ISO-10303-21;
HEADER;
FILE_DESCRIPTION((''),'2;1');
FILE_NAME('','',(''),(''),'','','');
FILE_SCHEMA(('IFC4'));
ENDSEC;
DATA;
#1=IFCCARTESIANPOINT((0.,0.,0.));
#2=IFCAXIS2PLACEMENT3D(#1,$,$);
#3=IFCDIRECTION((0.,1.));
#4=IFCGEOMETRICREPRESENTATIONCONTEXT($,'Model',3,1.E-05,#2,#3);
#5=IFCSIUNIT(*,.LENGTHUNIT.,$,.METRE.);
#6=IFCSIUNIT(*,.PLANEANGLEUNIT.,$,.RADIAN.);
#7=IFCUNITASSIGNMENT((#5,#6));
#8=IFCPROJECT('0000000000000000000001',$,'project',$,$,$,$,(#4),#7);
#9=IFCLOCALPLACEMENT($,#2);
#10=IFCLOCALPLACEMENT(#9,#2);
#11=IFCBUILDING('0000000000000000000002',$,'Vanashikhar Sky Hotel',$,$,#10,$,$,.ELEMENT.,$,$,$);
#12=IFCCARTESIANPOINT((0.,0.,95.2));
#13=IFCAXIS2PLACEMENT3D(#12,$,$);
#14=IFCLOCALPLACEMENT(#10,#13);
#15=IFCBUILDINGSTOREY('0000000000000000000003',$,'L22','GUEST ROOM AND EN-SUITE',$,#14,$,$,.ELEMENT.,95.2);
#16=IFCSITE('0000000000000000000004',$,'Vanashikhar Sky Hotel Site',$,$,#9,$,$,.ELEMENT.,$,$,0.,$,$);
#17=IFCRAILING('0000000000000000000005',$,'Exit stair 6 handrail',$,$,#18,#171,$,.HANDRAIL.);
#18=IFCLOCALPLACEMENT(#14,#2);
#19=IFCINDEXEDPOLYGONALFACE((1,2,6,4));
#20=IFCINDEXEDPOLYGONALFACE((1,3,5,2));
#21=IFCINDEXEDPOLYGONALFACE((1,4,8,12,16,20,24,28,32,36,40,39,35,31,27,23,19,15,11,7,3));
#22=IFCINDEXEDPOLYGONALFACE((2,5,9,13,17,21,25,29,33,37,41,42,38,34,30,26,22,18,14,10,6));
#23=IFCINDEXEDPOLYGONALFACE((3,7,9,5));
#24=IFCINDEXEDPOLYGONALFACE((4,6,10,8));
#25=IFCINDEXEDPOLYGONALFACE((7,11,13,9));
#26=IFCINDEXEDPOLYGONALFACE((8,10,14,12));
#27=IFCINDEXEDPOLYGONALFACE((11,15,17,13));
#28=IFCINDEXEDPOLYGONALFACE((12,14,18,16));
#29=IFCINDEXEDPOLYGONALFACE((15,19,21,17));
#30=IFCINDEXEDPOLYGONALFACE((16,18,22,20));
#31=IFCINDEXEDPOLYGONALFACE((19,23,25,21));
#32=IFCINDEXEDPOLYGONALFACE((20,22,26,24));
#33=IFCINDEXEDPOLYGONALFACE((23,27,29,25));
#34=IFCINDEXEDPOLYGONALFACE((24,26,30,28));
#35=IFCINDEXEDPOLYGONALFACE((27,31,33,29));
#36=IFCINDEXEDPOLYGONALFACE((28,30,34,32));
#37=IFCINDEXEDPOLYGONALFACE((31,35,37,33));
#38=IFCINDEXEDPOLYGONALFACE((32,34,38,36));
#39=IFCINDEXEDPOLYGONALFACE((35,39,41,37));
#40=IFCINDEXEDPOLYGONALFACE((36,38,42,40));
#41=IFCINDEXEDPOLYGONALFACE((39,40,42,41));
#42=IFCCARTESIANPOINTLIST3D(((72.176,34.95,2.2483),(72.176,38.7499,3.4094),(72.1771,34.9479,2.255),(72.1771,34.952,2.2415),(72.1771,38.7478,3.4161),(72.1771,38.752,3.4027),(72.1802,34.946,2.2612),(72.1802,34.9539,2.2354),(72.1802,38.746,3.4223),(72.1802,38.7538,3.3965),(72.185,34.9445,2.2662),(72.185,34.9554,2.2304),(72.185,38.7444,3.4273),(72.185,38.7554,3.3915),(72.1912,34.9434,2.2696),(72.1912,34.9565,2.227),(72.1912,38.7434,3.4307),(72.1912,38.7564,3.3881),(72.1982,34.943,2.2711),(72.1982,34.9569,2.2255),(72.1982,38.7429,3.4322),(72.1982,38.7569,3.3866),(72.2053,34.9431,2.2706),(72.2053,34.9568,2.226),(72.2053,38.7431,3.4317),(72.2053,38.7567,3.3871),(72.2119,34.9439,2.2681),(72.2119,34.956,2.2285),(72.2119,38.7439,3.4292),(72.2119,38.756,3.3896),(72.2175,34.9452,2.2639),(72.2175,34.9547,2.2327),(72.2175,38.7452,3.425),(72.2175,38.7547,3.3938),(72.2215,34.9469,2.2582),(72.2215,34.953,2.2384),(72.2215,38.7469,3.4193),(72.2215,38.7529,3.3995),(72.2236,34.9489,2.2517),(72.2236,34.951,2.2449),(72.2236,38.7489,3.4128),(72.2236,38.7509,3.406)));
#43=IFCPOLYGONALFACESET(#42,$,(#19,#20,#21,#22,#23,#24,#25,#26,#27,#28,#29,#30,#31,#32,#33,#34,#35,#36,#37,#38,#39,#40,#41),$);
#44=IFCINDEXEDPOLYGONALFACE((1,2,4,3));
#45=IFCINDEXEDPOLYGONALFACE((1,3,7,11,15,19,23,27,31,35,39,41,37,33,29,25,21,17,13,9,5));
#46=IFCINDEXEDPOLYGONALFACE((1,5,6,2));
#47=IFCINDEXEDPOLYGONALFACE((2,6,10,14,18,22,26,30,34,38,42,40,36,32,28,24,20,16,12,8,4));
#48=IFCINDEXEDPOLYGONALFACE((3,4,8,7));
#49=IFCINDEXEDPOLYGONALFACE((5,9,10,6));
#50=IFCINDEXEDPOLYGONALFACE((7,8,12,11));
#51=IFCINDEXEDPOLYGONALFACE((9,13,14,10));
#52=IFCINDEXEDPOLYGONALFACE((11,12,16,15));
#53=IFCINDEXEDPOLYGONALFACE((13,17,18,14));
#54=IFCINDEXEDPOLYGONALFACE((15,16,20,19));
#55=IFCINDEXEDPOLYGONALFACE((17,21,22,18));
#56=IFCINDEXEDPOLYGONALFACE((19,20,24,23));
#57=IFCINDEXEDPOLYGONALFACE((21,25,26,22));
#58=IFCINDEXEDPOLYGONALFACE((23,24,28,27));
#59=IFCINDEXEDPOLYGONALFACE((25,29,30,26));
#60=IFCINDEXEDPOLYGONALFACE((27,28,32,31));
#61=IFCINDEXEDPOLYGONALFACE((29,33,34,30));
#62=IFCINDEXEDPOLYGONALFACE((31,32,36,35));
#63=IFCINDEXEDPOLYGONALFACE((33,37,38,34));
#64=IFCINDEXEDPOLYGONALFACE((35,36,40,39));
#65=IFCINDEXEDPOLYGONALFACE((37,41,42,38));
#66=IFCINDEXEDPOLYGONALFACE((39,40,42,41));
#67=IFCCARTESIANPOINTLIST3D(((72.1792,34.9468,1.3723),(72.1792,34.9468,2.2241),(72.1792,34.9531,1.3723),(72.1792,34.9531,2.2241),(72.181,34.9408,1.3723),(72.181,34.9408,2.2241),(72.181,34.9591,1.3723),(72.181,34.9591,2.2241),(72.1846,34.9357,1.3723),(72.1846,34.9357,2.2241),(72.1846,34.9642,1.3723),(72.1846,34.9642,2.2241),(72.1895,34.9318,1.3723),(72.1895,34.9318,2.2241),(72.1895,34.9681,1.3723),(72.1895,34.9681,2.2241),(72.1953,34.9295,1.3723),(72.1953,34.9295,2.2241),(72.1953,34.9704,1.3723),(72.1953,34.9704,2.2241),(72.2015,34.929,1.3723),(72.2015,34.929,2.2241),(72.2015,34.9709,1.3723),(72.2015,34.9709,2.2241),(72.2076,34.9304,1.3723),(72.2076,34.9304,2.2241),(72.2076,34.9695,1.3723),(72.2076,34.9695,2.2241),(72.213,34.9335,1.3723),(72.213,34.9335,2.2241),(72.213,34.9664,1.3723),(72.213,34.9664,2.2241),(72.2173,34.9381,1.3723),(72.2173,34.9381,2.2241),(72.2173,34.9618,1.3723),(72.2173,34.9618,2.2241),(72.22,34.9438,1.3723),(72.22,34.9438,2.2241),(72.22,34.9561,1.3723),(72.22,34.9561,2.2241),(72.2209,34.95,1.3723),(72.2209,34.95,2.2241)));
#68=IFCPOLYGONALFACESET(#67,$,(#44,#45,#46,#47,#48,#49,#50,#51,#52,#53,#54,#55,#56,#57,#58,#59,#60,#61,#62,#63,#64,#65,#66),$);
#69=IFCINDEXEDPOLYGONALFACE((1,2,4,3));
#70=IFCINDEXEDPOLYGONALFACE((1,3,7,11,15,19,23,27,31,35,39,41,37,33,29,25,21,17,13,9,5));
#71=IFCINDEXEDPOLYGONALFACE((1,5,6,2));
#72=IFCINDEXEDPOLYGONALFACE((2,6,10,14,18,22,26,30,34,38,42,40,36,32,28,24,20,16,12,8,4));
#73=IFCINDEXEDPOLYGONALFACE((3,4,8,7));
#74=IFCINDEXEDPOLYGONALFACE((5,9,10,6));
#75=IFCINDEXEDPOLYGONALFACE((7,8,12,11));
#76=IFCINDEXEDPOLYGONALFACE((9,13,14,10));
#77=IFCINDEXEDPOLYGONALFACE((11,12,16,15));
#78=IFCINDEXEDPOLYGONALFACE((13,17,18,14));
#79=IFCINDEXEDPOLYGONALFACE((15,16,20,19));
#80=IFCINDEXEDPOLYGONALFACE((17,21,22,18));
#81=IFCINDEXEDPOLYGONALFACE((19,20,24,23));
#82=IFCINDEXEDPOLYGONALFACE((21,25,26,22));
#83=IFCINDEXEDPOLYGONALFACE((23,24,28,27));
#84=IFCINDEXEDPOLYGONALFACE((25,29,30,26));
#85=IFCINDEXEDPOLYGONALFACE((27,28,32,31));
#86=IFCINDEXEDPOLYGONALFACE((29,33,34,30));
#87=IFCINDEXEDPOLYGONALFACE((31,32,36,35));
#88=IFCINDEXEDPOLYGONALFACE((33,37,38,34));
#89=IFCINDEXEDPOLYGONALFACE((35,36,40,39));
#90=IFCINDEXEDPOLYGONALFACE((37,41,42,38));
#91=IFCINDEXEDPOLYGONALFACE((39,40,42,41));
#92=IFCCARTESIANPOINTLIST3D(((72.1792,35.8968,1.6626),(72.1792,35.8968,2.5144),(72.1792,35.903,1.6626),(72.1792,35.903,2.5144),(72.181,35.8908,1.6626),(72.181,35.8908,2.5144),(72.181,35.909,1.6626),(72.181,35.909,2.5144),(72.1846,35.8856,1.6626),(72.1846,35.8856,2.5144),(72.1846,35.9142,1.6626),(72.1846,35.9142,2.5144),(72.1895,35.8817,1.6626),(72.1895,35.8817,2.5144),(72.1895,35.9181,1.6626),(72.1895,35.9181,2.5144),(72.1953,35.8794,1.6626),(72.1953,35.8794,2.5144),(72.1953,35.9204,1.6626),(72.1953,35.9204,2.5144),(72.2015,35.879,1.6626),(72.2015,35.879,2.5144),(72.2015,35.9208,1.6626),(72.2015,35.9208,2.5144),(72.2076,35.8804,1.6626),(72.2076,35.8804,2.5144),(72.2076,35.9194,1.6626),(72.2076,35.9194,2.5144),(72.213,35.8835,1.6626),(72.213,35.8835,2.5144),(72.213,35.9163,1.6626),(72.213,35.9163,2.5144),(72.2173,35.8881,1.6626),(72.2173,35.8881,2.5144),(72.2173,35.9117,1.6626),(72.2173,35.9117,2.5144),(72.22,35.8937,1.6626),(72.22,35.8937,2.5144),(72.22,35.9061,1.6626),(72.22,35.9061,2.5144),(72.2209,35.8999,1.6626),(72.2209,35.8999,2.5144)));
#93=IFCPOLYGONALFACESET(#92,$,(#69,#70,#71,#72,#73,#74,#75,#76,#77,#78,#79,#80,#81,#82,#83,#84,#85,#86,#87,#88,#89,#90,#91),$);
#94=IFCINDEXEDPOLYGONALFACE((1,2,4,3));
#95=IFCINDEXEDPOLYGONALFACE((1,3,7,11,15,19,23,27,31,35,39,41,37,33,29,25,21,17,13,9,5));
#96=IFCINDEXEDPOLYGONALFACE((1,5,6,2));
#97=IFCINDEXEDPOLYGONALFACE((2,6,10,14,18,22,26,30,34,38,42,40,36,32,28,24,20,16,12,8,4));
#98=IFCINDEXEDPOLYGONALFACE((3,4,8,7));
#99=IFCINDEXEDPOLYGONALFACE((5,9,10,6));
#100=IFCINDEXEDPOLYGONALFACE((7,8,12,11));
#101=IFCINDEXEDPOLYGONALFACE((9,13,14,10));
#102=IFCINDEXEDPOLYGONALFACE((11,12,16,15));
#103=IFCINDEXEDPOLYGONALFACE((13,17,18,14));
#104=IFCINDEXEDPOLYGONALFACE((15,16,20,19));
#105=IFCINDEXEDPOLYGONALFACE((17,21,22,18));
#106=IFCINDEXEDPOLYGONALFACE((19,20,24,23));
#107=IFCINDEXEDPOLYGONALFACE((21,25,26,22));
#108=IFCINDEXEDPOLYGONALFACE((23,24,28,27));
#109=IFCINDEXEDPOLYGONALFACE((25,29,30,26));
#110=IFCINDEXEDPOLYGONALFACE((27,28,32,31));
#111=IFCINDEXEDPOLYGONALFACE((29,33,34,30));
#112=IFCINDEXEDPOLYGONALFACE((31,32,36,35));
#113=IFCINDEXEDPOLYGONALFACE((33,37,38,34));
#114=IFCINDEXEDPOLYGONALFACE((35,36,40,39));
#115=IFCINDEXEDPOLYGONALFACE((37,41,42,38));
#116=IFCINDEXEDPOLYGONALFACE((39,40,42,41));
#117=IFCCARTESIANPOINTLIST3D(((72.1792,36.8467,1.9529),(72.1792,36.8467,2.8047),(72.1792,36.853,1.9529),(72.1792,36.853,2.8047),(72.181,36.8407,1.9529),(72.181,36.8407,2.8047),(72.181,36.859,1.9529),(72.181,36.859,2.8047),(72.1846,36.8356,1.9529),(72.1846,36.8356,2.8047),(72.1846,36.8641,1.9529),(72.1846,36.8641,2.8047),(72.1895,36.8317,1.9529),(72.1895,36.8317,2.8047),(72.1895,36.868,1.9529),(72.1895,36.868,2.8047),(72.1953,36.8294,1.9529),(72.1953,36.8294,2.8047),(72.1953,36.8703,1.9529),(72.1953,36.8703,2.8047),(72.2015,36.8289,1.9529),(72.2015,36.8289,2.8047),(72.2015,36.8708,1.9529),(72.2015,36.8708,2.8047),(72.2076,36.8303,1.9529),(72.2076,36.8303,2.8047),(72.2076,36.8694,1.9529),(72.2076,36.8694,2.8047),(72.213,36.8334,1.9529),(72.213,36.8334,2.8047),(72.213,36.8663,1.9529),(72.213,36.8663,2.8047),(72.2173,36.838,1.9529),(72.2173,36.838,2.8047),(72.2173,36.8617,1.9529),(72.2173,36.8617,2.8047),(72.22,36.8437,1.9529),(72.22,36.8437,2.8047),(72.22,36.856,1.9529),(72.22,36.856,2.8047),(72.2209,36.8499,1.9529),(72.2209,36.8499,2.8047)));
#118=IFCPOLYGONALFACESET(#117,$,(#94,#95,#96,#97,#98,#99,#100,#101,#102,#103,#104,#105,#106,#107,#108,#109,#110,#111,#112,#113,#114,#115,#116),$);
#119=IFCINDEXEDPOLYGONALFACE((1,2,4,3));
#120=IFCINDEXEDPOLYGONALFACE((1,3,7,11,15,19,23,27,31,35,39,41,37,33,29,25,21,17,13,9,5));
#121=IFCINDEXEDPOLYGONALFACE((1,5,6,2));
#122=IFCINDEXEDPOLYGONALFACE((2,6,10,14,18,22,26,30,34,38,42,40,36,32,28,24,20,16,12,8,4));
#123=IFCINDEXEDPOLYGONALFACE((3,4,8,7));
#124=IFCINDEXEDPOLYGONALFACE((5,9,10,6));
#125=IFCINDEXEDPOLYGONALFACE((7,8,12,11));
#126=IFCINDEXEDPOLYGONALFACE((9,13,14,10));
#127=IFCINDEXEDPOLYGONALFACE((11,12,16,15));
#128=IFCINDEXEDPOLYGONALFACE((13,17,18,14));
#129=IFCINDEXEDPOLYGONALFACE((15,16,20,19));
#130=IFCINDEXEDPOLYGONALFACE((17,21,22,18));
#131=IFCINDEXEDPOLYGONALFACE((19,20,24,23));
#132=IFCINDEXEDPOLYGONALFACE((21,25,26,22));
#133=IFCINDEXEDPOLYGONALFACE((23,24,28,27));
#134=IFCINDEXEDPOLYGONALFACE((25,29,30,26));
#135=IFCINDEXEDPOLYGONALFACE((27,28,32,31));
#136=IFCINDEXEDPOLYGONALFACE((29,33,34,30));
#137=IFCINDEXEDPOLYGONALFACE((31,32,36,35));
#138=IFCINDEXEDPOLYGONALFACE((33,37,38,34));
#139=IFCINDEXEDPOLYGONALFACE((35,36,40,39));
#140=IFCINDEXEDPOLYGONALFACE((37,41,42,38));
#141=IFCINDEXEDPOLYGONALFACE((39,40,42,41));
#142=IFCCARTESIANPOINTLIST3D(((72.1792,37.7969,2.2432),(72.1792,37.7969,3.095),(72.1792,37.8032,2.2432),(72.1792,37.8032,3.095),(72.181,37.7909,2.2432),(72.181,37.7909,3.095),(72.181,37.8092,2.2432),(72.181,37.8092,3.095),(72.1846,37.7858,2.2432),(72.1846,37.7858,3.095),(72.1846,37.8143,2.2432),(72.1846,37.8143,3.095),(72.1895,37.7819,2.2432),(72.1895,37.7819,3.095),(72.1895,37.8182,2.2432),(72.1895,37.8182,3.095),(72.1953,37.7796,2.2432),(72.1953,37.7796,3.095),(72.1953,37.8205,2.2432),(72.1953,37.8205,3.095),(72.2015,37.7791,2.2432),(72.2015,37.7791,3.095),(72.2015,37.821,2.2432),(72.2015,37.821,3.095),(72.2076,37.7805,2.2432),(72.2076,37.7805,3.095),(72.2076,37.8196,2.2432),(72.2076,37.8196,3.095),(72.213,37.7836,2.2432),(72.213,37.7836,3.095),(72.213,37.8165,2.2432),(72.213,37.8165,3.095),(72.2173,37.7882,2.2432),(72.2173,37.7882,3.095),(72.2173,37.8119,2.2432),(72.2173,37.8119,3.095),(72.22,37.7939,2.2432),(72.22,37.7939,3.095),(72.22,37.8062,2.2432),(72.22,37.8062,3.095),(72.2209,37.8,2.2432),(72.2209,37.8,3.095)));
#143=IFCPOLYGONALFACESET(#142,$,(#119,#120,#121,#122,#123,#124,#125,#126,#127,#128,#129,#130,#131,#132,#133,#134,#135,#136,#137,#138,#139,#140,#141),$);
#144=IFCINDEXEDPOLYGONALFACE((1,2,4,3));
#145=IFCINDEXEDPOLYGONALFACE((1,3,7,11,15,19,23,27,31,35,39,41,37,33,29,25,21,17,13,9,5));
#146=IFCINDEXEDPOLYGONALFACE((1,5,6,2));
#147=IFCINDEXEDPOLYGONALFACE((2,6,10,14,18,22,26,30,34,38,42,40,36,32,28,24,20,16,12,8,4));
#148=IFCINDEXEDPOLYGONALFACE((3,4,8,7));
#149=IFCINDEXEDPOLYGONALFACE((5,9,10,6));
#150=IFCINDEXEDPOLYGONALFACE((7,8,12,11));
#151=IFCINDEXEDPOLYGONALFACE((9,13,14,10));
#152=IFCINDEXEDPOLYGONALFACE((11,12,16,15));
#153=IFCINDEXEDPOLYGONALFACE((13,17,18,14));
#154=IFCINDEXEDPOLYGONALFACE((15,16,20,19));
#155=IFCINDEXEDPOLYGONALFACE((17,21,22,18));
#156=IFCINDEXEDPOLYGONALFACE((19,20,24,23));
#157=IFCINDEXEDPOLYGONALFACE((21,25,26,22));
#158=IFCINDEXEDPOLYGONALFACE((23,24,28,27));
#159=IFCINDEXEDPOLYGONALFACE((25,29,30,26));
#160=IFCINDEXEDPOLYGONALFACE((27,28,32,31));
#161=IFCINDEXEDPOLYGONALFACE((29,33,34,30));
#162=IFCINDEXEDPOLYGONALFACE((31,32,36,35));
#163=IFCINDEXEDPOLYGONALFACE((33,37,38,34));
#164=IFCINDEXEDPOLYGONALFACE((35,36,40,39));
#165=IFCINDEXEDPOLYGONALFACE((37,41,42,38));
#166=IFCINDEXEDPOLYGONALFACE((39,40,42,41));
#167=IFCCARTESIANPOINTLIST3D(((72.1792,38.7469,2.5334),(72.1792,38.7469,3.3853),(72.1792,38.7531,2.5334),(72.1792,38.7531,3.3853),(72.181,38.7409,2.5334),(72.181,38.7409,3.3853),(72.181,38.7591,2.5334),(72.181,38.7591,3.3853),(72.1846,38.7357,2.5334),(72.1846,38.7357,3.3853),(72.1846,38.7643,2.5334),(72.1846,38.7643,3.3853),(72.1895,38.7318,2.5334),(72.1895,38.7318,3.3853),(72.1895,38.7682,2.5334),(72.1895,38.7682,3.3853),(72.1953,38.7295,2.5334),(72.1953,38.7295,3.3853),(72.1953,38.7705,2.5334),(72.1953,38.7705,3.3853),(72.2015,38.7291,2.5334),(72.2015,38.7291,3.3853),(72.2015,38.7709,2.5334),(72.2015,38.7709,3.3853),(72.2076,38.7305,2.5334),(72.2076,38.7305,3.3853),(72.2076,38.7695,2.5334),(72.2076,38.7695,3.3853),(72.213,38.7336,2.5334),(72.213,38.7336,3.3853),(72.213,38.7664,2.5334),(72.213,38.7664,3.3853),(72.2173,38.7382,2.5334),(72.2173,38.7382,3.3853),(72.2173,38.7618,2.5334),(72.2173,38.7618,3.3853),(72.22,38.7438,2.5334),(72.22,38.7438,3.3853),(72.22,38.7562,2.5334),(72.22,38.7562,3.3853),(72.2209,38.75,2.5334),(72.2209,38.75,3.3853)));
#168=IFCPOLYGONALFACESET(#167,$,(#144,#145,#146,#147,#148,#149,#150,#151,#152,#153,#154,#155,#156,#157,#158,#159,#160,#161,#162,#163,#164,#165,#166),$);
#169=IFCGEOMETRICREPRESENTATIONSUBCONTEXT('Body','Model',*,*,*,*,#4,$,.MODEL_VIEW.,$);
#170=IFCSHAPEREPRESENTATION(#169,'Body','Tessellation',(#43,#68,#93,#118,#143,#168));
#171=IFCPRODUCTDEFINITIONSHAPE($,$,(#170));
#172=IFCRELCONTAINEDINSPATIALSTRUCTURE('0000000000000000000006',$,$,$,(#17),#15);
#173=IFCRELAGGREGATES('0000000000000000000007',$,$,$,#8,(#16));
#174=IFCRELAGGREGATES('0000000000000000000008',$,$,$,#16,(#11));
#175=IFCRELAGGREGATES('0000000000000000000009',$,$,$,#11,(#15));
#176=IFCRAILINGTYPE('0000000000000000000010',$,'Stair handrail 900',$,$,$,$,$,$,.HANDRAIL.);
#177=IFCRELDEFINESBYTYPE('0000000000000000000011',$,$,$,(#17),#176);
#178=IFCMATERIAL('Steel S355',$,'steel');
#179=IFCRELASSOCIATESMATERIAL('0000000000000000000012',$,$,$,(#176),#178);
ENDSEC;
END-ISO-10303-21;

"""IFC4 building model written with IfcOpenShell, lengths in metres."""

from ifc_helpers import new_model, si_unit, direction, frame, origin, origin_2d, place, context, subcontext, project, spatial, circle, extrude, source, transform, mapped, material, type_object, element, save


model = new_model("IFC4")

# Units and contexts
model_context = context("Model", 3, precision=1e-05, world=origin(), true_north=direction((0.0, 1.0)))
body_context = subcontext(model_context, "Body", "Model", "MODEL_VIEW")
ifc_project = project(units=[si_unit("LENGTHUNIT", "METRE"), si_unit("PLANEANGLEUNIT", "RADIAN")], contexts=[model_context])

# Site, building, storey
site_placement = place(None, origin())
site = spatial("IfcSite", under=ifc_project, at=site_placement, Name="Vanashikhar Sky Hotel Site", CompositionType="ELEMENT", RefElevation=0.0)
building_placement = place(site_placement, origin())
building = spatial("IfcBuilding", under=site, at=building_placement, Name="Vanashikhar Sky Hotel", CompositionType="ELEMENT")
storey_placement = place(building_placement, frame((0.0, 0.0, 95.2)))
storey = spatial("IfcBuildingStorey", under=building, at=storey_placement, Name="L22", Description="GUEST ROOM AND EN-SUITE", CompositionType="ELEMENT", Elevation=95.2)

# Railing
ifc_material_1 = material(Name="Steel S355", Category="steel")
railing_type_1 = type_object("IfcRailingType", Name="Stair handrail 900", PredefinedType="HANDRAIL", material=ifc_material_1)
shared_shape_1 = source(origin(), body_context, "Body", "SweptSolid", [
    extrude(circle(Radius=0.0239, at=origin_2d()), frame((0.0, 0.0, 0.876), z_axis=(0.0, 0.956351, 0.29222), x_axis=(-1.0, 0.0, 0.0)), (0.0, 0.0, 1.0), 3.9734),
    extrude(circle(Radius=0.021, at=origin_2d()), origin(), (0.0, 0.0, 1.0), 0.8518),
    extrude(circle(Radius=0.021, at=origin_2d()), frame((0.0, 0.95, 0.2903)), (0.0, 0.0, 1.0), 0.8518),
    extrude(circle(Radius=0.021, at=origin_2d()), frame((0.0, 1.8999, 0.5806)), (0.0, 0.0, 1.0), 0.8518),
    extrude(circle(Radius=0.021, at=origin_2d()), frame((0.0, 2.8501, 0.8708)), (0.0, 0.0, 1.0), 0.8518),
    extrude(circle(Radius=0.021, at=origin_2d()), frame((0.0, 3.8, 1.1611)), (0.0, 0.0, 1.0), 0.8518),
])
for number, where, name in (
    (1, (72.2, 34.95, 1.3723), "Exit stair 6 handrail"),
):
    element("IfcRailing", number, at=place(storey_placement, frame(where)), inside=storey, type_object=railing_type_1, Name=name, PredefinedType="HANDRAIL", context=body_context, shape_type="MappedRepresentation", body=[
        mapped(shared_shape_1, transform((0.0, 0.0, 0.0), scale=1.0)),
    ])

save(model, "model.ifc")
